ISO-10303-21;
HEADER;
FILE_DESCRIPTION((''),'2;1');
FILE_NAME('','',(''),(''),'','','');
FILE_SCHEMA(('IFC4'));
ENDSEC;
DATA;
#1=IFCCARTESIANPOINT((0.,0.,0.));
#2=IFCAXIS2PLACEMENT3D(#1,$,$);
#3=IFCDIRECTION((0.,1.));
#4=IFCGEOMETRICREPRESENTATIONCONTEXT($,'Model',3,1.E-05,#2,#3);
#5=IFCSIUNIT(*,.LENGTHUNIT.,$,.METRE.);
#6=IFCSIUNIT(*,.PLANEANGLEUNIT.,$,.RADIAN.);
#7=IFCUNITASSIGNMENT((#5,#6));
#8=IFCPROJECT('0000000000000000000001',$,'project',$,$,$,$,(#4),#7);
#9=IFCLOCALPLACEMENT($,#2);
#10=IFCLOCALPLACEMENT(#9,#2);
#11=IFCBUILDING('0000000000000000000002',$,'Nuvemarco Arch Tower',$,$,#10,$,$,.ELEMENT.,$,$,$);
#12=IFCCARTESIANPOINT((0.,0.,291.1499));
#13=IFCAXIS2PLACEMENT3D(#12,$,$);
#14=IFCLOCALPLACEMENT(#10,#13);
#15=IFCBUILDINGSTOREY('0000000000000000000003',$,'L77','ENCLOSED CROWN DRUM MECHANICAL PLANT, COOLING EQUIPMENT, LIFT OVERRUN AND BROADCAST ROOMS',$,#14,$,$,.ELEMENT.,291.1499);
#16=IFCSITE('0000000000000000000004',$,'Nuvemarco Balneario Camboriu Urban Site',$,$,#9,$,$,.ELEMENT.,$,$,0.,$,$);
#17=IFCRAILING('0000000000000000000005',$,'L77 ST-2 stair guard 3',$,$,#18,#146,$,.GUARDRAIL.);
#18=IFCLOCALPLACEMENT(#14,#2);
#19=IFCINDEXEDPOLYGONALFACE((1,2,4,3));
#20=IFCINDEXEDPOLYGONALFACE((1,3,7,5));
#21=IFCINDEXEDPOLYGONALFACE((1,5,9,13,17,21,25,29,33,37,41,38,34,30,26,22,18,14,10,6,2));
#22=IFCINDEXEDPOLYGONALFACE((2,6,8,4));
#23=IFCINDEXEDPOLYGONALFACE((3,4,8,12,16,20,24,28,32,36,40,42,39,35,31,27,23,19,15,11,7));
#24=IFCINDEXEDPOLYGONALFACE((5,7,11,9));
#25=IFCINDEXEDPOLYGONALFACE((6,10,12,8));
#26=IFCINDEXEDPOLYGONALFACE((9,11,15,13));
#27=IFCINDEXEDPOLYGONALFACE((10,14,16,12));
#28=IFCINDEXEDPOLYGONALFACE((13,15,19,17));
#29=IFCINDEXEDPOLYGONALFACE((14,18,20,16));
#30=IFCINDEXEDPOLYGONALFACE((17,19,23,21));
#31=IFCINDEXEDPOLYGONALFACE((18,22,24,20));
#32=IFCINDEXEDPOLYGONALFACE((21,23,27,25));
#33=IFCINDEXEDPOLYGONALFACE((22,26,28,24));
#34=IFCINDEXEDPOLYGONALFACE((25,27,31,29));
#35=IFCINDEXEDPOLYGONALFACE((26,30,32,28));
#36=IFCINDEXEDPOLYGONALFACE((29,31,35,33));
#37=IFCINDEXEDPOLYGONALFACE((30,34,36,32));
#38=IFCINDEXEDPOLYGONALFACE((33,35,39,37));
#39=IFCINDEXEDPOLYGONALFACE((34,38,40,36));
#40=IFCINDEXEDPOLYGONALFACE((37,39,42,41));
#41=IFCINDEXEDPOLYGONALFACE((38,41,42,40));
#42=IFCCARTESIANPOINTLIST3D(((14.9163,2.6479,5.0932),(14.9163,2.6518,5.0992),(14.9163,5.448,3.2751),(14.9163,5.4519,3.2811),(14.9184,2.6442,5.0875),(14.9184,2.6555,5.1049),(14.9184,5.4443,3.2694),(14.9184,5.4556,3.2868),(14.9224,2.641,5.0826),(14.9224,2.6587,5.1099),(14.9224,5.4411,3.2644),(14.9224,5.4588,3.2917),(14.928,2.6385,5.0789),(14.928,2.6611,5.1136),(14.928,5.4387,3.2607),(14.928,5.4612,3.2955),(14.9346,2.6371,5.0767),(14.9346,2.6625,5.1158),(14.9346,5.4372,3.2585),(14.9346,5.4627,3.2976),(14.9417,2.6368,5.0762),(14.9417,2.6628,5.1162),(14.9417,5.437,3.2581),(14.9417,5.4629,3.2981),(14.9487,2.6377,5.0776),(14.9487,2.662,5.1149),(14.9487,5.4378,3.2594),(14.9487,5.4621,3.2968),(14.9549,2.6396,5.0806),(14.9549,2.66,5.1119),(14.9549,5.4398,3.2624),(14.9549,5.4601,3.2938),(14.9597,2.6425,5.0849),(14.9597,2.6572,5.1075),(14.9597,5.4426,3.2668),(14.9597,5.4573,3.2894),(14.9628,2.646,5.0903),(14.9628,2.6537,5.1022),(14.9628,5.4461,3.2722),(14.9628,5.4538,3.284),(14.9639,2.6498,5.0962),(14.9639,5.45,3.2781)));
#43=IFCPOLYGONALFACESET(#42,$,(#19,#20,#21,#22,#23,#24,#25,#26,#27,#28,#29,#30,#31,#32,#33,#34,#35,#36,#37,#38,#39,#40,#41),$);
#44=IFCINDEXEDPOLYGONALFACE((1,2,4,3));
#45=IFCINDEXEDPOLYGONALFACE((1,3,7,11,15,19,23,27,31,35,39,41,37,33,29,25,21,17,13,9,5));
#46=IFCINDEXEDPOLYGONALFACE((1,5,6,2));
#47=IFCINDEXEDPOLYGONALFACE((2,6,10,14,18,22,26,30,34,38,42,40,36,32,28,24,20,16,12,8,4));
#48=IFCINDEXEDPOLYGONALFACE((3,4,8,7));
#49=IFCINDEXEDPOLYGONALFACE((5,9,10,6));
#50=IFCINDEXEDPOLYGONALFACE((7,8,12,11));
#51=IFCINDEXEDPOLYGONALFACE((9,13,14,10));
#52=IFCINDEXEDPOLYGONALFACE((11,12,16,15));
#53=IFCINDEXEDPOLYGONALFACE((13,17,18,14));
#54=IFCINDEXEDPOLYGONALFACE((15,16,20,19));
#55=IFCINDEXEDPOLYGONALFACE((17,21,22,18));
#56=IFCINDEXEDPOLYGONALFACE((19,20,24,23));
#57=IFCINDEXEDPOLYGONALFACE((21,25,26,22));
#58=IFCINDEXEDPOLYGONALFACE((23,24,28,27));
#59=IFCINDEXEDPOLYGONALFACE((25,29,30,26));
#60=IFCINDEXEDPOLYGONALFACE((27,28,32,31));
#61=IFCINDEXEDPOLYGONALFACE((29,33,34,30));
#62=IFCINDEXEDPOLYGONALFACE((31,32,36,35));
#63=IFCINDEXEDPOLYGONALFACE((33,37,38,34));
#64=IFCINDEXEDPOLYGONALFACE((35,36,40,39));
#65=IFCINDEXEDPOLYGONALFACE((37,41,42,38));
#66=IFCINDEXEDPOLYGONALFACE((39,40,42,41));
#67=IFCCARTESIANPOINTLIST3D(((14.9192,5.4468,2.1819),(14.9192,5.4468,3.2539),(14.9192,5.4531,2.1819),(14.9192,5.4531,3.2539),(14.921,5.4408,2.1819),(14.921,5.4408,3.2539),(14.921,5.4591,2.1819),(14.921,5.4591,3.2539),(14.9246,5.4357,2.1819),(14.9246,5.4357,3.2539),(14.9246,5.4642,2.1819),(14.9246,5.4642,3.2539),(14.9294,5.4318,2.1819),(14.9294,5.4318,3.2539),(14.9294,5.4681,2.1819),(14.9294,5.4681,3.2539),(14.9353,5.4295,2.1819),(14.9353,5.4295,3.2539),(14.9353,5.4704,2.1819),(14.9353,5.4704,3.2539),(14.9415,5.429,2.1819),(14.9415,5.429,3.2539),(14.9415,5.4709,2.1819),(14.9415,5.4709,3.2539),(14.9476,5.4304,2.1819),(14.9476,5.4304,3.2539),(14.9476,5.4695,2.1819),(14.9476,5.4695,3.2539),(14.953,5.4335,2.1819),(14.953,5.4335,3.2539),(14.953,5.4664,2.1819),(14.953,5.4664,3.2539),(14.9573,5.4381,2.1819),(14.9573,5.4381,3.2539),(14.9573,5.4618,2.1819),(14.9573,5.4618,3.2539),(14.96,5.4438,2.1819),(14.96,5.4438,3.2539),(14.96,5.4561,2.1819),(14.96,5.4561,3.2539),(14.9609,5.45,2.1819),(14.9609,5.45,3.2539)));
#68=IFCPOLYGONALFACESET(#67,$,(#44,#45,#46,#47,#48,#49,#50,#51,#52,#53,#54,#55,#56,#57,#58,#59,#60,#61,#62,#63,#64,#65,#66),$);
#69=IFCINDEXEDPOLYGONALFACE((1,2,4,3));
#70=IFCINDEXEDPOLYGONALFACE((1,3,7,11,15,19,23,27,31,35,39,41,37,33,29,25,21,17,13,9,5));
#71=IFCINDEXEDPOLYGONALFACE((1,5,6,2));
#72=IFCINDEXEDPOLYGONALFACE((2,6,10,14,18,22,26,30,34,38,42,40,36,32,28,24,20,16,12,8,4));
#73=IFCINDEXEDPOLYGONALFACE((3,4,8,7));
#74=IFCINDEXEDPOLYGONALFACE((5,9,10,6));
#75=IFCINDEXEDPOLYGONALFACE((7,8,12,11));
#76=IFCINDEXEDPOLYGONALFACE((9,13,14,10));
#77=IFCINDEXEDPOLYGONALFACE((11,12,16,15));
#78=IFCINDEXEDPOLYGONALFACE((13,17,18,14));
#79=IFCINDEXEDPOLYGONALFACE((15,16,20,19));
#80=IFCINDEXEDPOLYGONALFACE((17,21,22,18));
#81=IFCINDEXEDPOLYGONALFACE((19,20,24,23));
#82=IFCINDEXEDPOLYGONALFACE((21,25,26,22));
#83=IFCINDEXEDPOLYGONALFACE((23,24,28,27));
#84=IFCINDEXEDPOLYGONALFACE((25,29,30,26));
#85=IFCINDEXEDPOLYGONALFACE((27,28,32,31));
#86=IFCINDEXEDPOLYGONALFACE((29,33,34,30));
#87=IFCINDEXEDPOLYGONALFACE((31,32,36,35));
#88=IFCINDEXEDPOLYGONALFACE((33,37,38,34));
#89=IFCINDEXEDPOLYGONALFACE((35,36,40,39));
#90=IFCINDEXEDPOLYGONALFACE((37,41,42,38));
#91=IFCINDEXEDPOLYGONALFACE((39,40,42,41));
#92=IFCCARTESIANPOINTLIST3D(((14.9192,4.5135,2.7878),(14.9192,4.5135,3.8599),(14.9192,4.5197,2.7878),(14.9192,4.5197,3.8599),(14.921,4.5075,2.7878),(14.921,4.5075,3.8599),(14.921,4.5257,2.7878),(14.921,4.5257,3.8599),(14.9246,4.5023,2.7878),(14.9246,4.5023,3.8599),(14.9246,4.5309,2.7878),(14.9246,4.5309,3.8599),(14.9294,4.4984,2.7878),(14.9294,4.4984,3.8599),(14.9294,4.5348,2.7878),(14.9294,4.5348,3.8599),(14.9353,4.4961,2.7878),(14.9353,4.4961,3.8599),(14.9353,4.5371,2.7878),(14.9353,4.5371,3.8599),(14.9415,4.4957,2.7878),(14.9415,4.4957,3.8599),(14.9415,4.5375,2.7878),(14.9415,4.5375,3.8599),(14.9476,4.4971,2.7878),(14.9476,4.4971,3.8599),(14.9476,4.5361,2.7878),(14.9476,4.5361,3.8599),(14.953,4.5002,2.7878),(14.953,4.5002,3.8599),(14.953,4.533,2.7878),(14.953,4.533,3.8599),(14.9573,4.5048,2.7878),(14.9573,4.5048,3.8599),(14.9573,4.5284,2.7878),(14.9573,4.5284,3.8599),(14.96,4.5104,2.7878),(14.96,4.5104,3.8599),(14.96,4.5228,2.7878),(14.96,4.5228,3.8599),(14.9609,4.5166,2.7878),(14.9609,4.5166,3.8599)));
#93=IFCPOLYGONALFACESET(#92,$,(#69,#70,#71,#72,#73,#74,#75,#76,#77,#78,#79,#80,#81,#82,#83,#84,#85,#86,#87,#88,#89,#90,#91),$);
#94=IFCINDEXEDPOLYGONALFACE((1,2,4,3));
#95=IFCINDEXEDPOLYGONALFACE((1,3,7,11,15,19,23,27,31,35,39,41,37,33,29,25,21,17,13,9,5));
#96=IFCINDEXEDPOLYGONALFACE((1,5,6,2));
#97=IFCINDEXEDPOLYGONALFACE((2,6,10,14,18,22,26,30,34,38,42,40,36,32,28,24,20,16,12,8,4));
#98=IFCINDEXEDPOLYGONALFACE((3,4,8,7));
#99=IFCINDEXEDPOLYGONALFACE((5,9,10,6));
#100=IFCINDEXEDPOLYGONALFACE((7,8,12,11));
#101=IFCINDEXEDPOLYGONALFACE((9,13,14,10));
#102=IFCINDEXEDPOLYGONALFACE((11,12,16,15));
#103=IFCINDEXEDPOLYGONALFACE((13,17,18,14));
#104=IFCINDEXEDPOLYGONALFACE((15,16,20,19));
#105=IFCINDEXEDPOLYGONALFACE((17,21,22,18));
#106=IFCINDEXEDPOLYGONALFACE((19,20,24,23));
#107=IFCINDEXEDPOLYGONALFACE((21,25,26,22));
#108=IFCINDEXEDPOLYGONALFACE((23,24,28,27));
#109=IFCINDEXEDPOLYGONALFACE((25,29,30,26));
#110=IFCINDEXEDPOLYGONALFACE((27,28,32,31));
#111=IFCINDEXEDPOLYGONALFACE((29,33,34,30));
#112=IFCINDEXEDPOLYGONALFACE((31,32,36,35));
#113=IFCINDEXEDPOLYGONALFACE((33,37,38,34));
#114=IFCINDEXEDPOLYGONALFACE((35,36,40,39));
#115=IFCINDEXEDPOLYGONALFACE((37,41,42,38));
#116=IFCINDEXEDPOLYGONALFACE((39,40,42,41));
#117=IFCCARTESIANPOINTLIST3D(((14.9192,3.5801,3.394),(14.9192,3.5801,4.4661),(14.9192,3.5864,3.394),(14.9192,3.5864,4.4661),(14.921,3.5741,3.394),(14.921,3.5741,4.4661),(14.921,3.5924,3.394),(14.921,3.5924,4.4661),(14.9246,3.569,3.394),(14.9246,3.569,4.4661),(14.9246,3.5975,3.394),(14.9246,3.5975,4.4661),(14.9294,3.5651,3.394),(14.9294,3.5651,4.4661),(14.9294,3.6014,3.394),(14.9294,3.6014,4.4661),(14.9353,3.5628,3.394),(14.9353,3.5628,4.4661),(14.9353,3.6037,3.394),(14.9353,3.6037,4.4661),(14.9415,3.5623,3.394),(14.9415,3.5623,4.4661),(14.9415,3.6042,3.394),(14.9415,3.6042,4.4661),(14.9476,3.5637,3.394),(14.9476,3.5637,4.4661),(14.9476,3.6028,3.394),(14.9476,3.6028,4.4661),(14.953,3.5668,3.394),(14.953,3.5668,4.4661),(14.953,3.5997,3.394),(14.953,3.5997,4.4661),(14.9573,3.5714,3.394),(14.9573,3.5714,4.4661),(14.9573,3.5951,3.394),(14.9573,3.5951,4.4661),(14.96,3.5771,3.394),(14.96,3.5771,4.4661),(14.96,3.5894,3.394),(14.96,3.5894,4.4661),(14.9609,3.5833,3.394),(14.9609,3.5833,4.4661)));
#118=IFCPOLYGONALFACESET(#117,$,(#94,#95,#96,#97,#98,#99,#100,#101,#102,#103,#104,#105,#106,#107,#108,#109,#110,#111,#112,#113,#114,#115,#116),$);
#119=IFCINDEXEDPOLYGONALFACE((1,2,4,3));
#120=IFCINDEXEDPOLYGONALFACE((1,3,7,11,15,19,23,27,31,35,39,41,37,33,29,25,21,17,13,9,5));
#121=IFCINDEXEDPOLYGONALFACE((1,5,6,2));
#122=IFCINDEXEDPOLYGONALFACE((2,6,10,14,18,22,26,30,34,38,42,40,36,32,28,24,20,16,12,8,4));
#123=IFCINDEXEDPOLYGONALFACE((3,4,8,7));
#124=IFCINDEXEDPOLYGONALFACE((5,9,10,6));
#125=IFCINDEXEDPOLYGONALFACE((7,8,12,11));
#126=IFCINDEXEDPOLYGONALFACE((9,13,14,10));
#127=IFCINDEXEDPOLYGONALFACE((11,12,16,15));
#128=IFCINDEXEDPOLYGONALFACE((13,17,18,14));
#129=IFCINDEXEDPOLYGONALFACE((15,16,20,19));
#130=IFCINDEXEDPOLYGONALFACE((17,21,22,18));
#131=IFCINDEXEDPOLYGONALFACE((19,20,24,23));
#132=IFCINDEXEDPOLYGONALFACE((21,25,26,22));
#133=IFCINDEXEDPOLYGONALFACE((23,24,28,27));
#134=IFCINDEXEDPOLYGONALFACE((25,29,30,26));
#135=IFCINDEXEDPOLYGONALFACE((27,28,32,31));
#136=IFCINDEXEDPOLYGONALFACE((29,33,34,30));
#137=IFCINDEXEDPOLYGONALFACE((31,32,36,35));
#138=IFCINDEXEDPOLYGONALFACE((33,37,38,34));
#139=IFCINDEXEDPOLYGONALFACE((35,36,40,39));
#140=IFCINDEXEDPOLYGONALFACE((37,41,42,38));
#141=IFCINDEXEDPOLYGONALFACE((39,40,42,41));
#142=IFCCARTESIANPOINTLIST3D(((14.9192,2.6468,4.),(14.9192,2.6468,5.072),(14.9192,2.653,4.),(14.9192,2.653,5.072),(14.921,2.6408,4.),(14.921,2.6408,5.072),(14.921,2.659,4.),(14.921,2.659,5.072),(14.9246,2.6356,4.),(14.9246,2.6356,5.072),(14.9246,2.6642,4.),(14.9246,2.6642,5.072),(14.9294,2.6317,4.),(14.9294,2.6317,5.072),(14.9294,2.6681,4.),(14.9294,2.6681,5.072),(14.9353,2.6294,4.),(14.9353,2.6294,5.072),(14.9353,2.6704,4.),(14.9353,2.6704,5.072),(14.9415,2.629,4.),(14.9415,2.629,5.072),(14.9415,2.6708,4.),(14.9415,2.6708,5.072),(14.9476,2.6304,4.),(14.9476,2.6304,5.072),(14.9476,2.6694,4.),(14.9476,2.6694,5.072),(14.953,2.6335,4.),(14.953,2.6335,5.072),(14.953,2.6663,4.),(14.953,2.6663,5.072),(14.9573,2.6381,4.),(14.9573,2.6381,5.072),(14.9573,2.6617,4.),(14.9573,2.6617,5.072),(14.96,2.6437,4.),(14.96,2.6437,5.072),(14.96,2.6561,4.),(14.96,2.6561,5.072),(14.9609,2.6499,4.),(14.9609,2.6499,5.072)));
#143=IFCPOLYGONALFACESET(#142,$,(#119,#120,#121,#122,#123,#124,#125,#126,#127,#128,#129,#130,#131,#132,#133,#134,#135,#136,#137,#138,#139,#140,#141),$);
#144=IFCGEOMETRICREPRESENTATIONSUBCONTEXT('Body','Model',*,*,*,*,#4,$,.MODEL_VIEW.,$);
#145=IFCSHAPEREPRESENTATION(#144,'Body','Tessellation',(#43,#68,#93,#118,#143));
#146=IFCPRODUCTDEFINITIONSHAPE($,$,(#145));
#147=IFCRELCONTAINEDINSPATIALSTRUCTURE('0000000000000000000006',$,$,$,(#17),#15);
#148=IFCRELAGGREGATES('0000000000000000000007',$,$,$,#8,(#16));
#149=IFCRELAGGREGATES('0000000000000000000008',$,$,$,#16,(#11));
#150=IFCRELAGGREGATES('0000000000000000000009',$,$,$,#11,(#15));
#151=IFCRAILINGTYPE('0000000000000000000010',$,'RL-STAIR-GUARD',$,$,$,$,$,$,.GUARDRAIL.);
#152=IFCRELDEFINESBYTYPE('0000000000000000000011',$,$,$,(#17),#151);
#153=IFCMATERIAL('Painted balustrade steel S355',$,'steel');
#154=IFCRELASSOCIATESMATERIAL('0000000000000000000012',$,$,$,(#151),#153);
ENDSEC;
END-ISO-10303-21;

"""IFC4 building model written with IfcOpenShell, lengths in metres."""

from ifc_helpers import new_model, si_unit, direction, frame, origin, origin_2d, place, context, subcontext, project, spatial, circle, extrude, material, type_object, element, save


model = new_model("IFC4")

# Units and contexts
model_context = context("Model", 3, precision=1e-05, world=origin(), true_north=direction((0.0, 1.0)))
body_context = subcontext(model_context, "Body", "Model", "MODEL_VIEW")
ifc_project = project(units=[si_unit("LENGTHUNIT", "METRE"), si_unit("PLANEANGLEUNIT", "RADIAN")], contexts=[model_context])

# Site, building, storey
site_placement = place(None, origin())
site = spatial("IfcSite", under=ifc_project, at=site_placement, Name="Nuvemarco Balneario Camboriu Urban Site", CompositionType="ELEMENT", RefElevation=0.0)
building_placement = place(site_placement, origin())
building = spatial("IfcBuilding", under=site, at=building_placement, Name="Nuvemarco Arch Tower", CompositionType="ELEMENT")
storey_placement = place(building_placement, frame((0.0, 0.0, 291.1499)))
storey = spatial("IfcBuildingStorey", under=building, at=storey_placement, Name="L77", Description="ENCLOSED CROWN DRUM MECHANICAL PLANT, COOLING EQUIPMENT, LIFT OVERRUN AND BROADCAST ROOMS", CompositionType="ELEMENT", Elevation=291.1499)

# Railing
ifc_material_1 = material(Name="Painted balustrade steel S355", Category="steel")
railing_type_1 = type_object("IfcRailingType", Name="RL-STAIR-GUARD", PredefinedType="GUARDRAIL", material=ifc_material_1)
railing_1_placement = place(storey_placement, frame((14.9399, 5.45, 2.1819)))
element("IfcRailing", 1, at=railing_1_placement, inside=storey, type_object=railing_type_1, Name="L77 ST-2 stair guard 3", PredefinedType="GUARDRAIL", context=body_context, shape_type="SweptSolid", body=[
    extrude(circle(Radius=0.0239, at=origin_2d()), frame((0.0, 0.0, 1.0962), z_axis=(0.0, -0.838706, 0.544585), x_axis=(1.0, 0.0, 0.0)), (0.0, 0.0, 1.0), 3.3386),
    extrude(circle(Radius=0.021, at=origin_2d()), origin(), (0.0, 0.0, 1.0), 1.072),
    extrude(circle(Radius=0.021, at=origin_2d()), frame((0.0, -0.9333, 0.606)), (0.0, 0.0, 1.0), 1.072),
    extrude(circle(Radius=0.021, at=origin_2d()), frame((0.0, -1.8667, 1.2122)), (0.0, 0.0, 1.0), 1.072),
    extrude(circle(Radius=0.021, at=origin_2d()), frame((0.0, -2.8, 1.8181)), (0.0, 0.0, 1.0), 1.072),
])

save(model, "model.ifc")
